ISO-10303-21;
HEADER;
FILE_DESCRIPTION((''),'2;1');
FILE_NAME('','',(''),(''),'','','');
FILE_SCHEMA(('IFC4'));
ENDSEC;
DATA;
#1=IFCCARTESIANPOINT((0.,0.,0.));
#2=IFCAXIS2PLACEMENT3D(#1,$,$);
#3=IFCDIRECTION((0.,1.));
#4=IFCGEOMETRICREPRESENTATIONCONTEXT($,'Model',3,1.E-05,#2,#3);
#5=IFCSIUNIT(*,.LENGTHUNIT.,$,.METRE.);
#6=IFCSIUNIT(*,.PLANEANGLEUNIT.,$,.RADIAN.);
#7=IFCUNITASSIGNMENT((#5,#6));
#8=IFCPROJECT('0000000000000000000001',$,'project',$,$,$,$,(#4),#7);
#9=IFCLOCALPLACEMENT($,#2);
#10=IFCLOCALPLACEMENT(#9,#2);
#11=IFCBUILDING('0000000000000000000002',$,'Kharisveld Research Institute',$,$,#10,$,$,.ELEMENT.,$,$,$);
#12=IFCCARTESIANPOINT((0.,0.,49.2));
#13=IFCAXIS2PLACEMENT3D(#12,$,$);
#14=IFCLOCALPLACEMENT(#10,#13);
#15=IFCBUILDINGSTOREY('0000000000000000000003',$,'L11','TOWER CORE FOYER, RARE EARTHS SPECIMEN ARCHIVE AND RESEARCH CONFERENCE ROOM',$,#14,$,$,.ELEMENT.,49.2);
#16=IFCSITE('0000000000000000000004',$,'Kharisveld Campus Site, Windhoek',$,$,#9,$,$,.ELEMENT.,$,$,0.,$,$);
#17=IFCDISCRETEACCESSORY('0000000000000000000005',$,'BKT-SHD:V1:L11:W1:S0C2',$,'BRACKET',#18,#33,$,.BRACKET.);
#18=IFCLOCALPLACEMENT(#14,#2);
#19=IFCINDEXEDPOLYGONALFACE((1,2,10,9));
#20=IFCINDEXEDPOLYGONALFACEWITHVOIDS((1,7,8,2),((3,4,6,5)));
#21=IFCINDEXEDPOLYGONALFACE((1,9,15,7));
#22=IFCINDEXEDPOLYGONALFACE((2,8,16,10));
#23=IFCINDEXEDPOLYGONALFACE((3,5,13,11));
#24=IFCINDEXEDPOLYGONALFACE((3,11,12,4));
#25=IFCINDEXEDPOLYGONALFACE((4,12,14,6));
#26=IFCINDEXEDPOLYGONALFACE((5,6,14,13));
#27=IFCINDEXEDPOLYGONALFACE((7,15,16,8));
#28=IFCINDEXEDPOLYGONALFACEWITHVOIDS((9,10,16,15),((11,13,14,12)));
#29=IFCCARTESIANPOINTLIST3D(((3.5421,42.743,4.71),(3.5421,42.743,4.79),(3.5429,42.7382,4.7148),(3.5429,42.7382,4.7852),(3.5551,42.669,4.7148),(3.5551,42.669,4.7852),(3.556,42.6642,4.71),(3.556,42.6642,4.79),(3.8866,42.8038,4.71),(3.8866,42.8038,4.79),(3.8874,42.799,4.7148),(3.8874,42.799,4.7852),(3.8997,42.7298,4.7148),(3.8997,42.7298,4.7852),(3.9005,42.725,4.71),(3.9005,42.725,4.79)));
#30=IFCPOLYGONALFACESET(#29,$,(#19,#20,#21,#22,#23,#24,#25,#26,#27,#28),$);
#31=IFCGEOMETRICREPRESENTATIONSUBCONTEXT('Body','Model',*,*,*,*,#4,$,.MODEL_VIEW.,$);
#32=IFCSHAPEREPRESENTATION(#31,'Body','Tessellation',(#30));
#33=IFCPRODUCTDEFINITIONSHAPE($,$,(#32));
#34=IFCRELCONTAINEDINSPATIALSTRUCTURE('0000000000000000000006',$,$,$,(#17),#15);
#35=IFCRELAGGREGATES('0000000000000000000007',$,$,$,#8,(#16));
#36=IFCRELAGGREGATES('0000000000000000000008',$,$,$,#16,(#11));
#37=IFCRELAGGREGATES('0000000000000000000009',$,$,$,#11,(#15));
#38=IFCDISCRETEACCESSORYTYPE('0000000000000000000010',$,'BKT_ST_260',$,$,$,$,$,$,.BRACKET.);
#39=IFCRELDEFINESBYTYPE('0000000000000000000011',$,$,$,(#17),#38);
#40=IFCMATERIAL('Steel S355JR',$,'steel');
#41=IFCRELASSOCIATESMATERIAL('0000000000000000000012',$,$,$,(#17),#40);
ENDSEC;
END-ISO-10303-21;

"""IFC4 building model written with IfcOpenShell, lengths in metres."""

from ifc_helpers import new_model, si_unit, direction, frame, origin, origin_2d, place, context, subcontext, project, spatial, hollow_rectangle, extrude, material, type_object, element, save


model = new_model("IFC4")

# Units and contexts
model_context = context("Model", 3, precision=1e-05, world=origin(), true_north=direction((0.0, 1.0)))
body_context = subcontext(model_context, "Body", "Model", "MODEL_VIEW")
ifc_project = project(units=[si_unit("LENGTHUNIT", "METRE"), si_unit("PLANEANGLEUNIT", "RADIAN")], contexts=[model_context])

# Site, building, storey
site_placement = place(None, origin())
site = spatial("IfcSite", under=ifc_project, at=site_placement, Name="Kharisveld Campus Site, Windhoek", CompositionType="ELEMENT", RefElevation=0.0)
building_placement = place(site_placement, origin())
building = spatial("IfcBuilding", under=site, at=building_placement, Name="Kharisveld Research Institute", CompositionType="ELEMENT")
storey_placement = place(building_placement, frame((0.0, 0.0, 49.2)))
storey = spatial("IfcBuildingStorey", under=building, at=storey_placement, Name="L11", Description="TOWER CORE FOYER, RARE EARTHS SPECIMEN ARCHIVE AND RESEARCH CONFERENCE ROOM", CompositionType="ELEMENT", Elevation=49.2)

# Discrete accessory
ifc_material_1 = material(Name="Steel S355JR", Category="steel")
discrete_accessory_type = type_object("IfcDiscreteAccessoryType", Name="BKT_ST_260", PredefinedType="BRACKET")
for number, where, z_axis, x_axis, name in (
    (1, (3.8936, 42.7644, 4.75), (-0.984784, -0.173785, 0.0), (0.173785, -0.984784, 0.0), "BKT-SHD:V1:L11:W1:S0C2"),
):
    element("IfcDiscreteAccessory", number, at=place(storey_placement, frame(where, z_axis=z_axis, x_axis=x_axis)), inside=storey, type_object=discrete_accessory_type, material=ifc_material_1, Name=name, ObjectType="BRACKET", PredefinedType="BRACKET", context=body_context, shape_type="SweptSolid", body=[
        extrude(hollow_rectangle(XDim=0.0801, YDim=0.0801, WallThickness=0.0049, at=origin_2d()), origin(), (0.0, 0.0, 1.0), 0.3499),
    ])

save(model, "model.ifc")
